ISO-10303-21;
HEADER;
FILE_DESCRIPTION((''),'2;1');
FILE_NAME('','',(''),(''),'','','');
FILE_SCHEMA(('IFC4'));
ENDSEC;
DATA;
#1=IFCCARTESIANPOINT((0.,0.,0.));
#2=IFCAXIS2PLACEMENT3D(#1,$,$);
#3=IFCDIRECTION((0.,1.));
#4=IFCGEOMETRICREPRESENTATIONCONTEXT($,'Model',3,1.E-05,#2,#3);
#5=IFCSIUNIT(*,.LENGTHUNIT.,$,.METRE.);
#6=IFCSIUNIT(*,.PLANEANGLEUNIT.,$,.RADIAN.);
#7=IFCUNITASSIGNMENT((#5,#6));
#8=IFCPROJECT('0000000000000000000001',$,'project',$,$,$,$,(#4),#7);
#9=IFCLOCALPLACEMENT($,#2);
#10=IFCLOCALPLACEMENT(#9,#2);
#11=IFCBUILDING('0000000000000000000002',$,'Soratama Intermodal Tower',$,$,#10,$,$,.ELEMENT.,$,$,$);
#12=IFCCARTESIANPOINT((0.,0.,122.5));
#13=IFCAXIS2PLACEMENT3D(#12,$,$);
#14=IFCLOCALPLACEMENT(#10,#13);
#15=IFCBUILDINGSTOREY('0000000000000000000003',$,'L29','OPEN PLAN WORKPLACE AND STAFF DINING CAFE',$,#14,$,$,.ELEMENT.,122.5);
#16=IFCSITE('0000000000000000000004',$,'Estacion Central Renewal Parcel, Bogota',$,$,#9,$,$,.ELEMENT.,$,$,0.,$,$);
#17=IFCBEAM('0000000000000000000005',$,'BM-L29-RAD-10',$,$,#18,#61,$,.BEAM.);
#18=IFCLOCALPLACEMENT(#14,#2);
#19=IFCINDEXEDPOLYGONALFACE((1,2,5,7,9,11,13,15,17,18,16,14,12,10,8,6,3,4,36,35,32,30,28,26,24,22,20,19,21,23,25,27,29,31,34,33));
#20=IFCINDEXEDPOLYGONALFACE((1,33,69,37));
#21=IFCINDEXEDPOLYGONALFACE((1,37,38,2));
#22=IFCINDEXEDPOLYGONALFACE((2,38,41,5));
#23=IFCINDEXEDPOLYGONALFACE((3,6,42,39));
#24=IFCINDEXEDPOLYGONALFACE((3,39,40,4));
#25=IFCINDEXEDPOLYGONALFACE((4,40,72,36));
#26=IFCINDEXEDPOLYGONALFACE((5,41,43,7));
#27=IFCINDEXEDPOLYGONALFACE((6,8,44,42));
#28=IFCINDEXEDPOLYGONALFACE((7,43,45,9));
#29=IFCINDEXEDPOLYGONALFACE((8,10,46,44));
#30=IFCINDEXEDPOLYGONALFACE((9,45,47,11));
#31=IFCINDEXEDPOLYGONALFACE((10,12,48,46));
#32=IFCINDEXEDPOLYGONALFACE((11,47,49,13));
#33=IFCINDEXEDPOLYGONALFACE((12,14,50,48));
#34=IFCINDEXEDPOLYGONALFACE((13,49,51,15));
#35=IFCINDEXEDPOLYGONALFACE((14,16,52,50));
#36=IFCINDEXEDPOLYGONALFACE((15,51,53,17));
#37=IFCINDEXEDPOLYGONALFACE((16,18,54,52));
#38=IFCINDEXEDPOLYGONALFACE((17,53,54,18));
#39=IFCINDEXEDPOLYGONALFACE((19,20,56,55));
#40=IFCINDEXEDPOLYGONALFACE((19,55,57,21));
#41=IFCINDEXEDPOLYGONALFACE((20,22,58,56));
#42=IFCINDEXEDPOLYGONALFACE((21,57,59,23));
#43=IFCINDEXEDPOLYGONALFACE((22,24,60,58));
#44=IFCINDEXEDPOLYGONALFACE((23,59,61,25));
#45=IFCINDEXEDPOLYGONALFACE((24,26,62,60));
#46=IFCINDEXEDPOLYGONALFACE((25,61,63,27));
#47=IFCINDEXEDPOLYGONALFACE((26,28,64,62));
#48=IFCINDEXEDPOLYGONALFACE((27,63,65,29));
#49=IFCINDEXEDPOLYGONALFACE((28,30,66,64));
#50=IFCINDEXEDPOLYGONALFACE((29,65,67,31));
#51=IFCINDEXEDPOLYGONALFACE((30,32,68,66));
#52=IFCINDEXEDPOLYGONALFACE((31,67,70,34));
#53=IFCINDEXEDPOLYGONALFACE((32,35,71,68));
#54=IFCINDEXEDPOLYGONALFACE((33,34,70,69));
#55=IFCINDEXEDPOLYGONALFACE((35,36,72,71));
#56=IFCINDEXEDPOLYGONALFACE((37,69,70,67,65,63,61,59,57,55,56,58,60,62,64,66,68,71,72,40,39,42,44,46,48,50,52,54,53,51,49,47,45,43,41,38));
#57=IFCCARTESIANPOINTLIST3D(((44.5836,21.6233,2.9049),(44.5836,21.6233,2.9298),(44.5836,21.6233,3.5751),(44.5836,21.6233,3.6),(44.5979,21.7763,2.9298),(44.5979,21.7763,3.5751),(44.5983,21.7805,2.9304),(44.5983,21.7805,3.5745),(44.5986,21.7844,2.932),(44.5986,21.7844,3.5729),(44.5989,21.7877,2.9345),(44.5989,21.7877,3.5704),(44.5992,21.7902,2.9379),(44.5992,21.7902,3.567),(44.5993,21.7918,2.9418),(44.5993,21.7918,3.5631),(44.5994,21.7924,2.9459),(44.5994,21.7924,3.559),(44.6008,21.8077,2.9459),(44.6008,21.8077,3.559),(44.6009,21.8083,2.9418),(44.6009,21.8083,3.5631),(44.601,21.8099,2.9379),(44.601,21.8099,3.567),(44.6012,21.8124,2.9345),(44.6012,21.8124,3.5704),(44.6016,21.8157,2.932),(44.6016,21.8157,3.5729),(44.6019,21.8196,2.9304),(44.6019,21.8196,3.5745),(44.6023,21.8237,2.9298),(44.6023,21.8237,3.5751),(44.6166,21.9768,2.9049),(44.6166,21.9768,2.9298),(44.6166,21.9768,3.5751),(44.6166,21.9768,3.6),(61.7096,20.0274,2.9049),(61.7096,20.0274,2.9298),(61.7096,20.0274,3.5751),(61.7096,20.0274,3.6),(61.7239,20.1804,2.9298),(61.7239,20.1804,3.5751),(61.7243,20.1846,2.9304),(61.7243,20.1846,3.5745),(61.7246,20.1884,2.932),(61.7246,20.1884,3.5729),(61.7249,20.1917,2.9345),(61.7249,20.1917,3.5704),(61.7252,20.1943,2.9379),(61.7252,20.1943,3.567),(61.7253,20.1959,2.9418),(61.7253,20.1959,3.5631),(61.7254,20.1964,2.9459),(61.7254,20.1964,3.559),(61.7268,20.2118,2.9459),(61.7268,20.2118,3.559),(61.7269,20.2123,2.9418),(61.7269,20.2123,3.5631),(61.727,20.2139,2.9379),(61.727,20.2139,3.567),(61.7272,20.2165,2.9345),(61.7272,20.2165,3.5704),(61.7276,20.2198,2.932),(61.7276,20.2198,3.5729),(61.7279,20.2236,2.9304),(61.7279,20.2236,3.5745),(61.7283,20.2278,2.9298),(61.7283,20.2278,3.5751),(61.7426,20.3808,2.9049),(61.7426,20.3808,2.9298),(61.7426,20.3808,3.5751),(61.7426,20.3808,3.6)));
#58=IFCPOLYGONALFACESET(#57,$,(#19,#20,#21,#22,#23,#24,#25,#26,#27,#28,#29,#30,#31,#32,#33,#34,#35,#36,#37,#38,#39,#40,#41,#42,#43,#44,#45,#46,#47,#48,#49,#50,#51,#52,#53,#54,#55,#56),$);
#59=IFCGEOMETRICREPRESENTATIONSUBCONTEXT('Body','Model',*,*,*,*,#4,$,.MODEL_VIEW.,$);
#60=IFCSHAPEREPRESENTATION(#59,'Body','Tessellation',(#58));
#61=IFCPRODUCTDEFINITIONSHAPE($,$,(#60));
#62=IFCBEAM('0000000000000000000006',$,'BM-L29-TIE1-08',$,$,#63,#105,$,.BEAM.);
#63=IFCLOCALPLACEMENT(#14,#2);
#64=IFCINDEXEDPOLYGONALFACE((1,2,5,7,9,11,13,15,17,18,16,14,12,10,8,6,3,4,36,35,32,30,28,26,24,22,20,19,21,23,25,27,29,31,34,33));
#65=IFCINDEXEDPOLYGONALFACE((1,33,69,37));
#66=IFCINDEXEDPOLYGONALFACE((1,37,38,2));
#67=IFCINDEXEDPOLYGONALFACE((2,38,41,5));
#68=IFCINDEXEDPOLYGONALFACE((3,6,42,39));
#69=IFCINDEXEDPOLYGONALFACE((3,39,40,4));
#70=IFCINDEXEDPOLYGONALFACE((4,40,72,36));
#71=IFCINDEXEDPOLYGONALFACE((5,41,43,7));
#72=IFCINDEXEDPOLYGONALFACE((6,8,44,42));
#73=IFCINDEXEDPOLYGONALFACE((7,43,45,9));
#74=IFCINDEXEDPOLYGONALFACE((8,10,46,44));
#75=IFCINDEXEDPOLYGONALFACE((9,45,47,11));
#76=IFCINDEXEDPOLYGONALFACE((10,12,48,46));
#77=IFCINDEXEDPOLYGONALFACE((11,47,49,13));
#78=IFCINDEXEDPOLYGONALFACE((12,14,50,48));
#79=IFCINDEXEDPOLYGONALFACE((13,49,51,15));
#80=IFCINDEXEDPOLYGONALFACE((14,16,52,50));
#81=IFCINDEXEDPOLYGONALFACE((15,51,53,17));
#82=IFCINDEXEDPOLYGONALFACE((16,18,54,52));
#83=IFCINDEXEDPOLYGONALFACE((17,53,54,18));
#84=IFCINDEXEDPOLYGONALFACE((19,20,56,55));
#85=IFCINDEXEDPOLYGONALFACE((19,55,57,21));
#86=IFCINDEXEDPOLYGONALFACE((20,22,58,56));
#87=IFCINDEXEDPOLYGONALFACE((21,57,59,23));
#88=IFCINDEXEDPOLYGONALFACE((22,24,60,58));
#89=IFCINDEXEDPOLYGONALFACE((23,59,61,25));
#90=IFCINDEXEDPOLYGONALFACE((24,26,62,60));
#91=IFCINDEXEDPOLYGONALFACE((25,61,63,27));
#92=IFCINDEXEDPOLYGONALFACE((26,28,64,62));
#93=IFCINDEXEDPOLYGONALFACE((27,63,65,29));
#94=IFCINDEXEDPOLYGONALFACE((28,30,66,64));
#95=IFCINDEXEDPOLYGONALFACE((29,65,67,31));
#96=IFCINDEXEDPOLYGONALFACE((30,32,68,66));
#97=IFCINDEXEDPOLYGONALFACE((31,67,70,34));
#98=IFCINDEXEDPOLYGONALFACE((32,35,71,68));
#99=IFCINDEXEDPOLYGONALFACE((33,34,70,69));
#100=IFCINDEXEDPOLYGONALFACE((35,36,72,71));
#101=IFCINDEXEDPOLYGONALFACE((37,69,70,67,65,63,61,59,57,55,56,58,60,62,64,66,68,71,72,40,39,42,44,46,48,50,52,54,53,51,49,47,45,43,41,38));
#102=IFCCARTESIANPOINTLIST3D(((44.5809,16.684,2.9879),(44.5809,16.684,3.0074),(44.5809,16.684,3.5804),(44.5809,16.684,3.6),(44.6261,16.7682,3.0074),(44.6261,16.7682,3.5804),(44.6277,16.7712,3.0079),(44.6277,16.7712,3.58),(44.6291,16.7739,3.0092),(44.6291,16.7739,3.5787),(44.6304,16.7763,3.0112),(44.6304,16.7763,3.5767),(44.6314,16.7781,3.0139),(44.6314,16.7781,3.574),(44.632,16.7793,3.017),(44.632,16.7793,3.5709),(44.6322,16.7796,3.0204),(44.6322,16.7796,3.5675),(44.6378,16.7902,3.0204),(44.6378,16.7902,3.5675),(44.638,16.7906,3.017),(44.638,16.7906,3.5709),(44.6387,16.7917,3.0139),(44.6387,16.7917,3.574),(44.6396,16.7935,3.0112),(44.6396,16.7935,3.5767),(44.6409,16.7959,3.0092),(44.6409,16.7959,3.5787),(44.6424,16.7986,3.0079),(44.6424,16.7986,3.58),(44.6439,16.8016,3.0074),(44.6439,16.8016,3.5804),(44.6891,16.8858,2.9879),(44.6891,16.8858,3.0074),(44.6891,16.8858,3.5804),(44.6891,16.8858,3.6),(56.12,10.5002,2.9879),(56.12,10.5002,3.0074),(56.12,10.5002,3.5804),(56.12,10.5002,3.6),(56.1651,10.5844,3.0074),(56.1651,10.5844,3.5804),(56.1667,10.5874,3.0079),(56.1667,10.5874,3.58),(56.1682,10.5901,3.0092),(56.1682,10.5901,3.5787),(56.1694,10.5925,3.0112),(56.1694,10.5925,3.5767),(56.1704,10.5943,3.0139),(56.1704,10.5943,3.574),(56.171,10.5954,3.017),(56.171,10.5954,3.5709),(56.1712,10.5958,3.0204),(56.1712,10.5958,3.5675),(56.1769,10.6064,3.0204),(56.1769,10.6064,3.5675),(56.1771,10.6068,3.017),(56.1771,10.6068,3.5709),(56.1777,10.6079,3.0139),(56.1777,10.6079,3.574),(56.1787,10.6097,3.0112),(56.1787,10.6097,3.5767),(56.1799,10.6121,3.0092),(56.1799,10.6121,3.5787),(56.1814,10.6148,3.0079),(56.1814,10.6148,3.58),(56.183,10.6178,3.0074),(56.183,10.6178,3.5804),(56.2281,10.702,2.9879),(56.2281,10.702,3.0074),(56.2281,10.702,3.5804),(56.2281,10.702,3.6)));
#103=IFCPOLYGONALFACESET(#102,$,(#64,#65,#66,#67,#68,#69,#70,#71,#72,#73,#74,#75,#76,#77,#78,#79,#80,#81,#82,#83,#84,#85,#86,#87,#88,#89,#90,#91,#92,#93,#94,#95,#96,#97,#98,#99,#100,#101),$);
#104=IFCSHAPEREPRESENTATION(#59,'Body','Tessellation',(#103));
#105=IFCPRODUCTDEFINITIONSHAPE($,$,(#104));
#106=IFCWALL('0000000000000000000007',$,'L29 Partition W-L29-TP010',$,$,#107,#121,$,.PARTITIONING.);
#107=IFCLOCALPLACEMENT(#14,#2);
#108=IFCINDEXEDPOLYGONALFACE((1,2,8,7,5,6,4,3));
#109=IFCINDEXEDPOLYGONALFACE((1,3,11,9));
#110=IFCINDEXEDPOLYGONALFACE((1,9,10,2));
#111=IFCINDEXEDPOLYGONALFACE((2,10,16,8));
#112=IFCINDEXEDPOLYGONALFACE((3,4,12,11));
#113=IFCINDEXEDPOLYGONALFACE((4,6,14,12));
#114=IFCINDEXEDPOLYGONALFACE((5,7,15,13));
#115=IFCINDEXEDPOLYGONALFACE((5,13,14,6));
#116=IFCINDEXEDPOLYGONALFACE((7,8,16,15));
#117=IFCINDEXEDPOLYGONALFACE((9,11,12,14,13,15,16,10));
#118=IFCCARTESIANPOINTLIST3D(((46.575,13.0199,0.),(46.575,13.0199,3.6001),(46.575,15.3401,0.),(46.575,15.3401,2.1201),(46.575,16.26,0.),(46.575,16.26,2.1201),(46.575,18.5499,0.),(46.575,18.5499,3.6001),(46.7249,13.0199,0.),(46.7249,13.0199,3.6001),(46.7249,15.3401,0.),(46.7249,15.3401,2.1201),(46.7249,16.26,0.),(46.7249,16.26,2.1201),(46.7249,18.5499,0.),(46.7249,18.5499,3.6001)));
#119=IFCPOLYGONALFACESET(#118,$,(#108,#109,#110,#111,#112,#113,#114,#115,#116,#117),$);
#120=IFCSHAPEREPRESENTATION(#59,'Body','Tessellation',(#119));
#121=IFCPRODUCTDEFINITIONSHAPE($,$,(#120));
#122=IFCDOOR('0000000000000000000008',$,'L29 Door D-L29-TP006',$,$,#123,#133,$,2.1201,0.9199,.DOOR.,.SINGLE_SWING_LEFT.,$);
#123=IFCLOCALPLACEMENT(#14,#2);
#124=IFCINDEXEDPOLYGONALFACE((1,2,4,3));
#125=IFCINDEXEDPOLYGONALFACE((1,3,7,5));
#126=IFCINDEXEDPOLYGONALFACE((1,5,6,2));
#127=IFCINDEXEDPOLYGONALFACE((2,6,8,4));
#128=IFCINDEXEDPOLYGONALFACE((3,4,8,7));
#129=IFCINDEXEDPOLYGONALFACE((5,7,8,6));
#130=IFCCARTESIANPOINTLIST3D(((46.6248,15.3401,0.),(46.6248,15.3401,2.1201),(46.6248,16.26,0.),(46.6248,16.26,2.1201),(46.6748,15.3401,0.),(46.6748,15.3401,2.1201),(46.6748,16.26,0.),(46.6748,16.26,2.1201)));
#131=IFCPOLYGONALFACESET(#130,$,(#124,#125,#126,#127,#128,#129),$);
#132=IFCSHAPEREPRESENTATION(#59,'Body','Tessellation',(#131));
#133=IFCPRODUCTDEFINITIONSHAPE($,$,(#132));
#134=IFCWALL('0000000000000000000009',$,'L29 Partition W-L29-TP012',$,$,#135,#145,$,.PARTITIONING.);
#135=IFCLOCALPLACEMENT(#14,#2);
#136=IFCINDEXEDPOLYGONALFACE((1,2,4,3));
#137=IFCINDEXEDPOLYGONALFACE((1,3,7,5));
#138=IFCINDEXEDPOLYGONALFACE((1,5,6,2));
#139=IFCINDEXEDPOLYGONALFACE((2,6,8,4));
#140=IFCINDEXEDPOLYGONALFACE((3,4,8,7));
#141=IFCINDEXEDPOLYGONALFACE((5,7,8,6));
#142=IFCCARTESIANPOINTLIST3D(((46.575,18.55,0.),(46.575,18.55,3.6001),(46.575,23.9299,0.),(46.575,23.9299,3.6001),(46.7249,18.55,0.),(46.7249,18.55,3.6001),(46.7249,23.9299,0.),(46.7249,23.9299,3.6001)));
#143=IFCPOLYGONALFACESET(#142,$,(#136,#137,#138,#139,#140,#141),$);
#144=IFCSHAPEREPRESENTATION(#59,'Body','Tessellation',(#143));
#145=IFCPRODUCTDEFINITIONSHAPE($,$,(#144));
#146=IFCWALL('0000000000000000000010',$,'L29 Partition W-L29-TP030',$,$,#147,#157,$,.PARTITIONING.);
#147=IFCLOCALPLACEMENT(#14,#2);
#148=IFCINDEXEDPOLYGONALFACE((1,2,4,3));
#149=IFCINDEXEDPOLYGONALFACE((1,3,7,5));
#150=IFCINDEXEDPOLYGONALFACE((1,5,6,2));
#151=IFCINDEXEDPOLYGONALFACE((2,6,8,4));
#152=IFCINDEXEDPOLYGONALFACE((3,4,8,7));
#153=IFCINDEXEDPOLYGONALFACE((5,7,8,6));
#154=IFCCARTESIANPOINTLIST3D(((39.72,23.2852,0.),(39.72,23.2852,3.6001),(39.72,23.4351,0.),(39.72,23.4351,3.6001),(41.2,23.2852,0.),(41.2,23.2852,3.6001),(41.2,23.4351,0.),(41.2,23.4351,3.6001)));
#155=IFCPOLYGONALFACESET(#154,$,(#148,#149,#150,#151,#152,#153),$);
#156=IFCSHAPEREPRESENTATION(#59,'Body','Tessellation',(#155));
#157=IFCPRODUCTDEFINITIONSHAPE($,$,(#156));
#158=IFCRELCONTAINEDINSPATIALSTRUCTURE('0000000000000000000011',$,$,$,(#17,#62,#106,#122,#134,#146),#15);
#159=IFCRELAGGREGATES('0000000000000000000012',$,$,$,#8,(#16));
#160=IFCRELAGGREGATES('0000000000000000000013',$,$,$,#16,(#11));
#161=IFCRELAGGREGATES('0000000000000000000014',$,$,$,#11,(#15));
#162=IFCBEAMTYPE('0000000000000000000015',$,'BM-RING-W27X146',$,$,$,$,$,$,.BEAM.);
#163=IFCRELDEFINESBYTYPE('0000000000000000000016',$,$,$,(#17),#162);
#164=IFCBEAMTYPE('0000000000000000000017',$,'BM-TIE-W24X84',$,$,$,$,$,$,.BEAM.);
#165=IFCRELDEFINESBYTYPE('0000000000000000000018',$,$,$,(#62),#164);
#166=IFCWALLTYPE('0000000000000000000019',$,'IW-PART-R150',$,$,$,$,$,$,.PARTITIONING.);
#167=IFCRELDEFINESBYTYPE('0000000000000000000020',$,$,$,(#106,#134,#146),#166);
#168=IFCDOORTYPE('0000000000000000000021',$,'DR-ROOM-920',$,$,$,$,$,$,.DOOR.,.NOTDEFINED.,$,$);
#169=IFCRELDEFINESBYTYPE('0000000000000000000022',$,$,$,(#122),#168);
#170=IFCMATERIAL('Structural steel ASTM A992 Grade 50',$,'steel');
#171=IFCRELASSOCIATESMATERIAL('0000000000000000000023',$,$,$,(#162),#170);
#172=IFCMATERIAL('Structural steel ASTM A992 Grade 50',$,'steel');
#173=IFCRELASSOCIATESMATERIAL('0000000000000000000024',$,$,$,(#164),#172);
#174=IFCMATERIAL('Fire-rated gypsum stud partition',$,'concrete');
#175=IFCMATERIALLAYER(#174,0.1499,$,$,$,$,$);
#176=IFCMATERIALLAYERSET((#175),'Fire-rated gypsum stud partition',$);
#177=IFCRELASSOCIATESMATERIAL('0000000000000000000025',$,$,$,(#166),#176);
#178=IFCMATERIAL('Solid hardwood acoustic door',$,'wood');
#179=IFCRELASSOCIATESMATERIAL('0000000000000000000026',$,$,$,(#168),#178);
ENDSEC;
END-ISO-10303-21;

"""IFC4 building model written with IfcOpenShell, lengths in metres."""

from ifc_helpers import new_model, si_unit, direction, frame, frame_2d, origin, origin_2d, place, context, subcontext, project, spatial, rectangle, i_section, extrude, material, layer, layer_set, material_profile, profile_set, type_object, element, fill, save


model = new_model("IFC4")

# Units and contexts
model_context = context("Model", 3, precision=1e-05, world=origin(), true_north=direction((0.0, 1.0)))
body_context = subcontext(model_context, "Body", "Model", "MODEL_VIEW")
ifc_project = project(units=[si_unit("LENGTHUNIT", "METRE"), si_unit("PLANEANGLEUNIT", "RADIAN")], contexts=[model_context])

# Site, building, storey
site_placement = place(None, origin())
site = spatial("IfcSite", under=ifc_project, at=site_placement, Name="Estacion Central Renewal Parcel, Bogota", CompositionType="ELEMENT", RefElevation=0.0)
building_placement = place(site_placement, origin())
building = spatial("IfcBuilding", under=site, at=building_placement, Name="Soratama Intermodal Tower", CompositionType="ELEMENT")
storey_placement = place(building_placement, frame((0.0, 0.0, 122.5)))
storey = spatial("IfcBuildingStorey", under=building, at=storey_placement, Name="L29", Description="OPEN PLAN WORKPLACE AND STAFF DINING CAFE", CompositionType="ELEMENT", Elevation=122.5)

# Beams
ifc_material_1 = material(Name="Structural steel ASTM A992 Grade 50", Category="steel")
ifc_material_profile_1 = material_profile(ifc_material_1, i_section(OverallWidth=0.355, OverallDepth=0.6951, WebThickness=0.0154, FlangeThickness=0.0249, FilletRadius=0.0161, at=origin_2d()), Name="W27X146")
ifc_profile_set_1 = profile_set([ifc_material_profile_1], Name="Structural steel ASTM A992 Grade 50")
beam_type_1 = type_object("IfcBeamType", Name="BM-RING-W27X146", PredefinedType="BEAM", material=ifc_profile_set_1)
beam_1_placement = place(storey_placement, frame((44.6001, 21.8, 3.2524), z_axis=(0.995686, -0.092787, 0.0), x_axis=(0.092787, 0.995686, 0.0)))
element("IfcBeam", 1, at=beam_1_placement, inside=storey, type_object=beam_type_1, Name="BM-L29-RAD-10", PredefinedType="BEAM", context=body_context, shape_type="SweptSolid", body=[
    extrude(i_section(OverallWidth=0.355, OverallDepth=0.6951, WebThickness=0.0154, FlangeThickness=0.0249, FilletRadius=0.0161, at=origin_2d()), origin(), (0.0, 0.0, 1.0), 17.2002),
])
ifc_material_2 = material(Name="Structural steel ASTM A992 Grade 50", Category="steel")
ifc_material_profile_2 = material_profile(ifc_material_2, i_section(OverallWidth=0.229, OverallDepth=0.6121, WebThickness=0.012, FlangeThickness=0.0195, FilletRadius=0.0129, at=origin_2d()), Name="W24X84")
ifc_profile_set_2 = profile_set([ifc_material_profile_2], Name="Structural steel ASTM A992 Grade 50")
beam_type_2 = type_object("IfcBeamType", Name="BM-TIE-W24X84", PredefinedType="BEAM", material=ifc_profile_set_2)
beam_2_placement = place(storey_placement, frame((44.635, 16.7849, 3.2939), z_axis=(0.88141, -0.472352, 0.0), x_axis=(0.472352, 0.88141, 0.0)))
element("IfcBeam", 2, at=beam_2_placement, inside=storey, type_object=beam_type_2, Name="BM-L29-TIE1-08", PredefinedType="BEAM", context=body_context, shape_type="SweptSolid", body=[
    extrude(i_section(OverallWidth=0.229, OverallDepth=0.6121, WebThickness=0.012, FlangeThickness=0.0195, FilletRadius=0.0129, at=origin_2d()), origin(), (0.0, 0.0, 1.0), 13.0916),
])

# Wall, opening, door
ifc_material_3 = material(Name="Fire-rated gypsum stud partition", Category="concrete")
ifc_layer_1 = layer(ifc_material_3, 0.1499)
ifc_layer_set_1 = layer_set([ifc_layer_1], Name="Fire-rated gypsum stud partition")
wall_type_1 = type_object("IfcWallType", Name="IW-PART-R150", PredefinedType="PARTITIONING", material=ifc_layer_set_1)
wall_1_placement = place(storey_placement, frame((46.6499, 18.55, 0.0), z_axis=(0.0, 0.0, 1.0), x_axis=(0.0, -1.0, 0.0)))
wall_1 = element("IfcWall", 3, at=wall_1_placement, inside=storey, type_object=wall_type_1, Name="L29 Partition W-L29-TP010", PredefinedType="PARTITIONING", context=body_context, shape_type="SweptSolid", body=[
    extrude(rectangle(XDim=5.53, YDim=0.1499, at=frame_2d((2.7651, 0.0))), origin(), (0.0, 0.0, 1.0), 3.6001),
])
opening_1_placement = place(wall_1_placement, frame((2.29, 0.0, 0.0)))
opening_1 = element("IfcOpeningElement", 4, at=opening_1_placement, cuts=wall_1, PredefinedType="OPENING", context=body_context, shape_type="SweptSolid", body=[
    extrude(rectangle(XDim=0.9199, YDim=2.1201, at=frame_2d((0.46, 1.0601))), frame((0.0, 0.085, 0.0), z_axis=(0.0, -1.0, 0.0), x_axis=(1.0, 0.0, 0.0)), (0.0, 0.0, 1.0), 0.1699),
])
ifc_material_4 = material(Name="Solid hardwood acoustic door", Category="wood")
door_type_1 = type_object("IfcDoorType", Name="DR-ROOM-920", OperationType="NOTDEFINED", PredefinedType="DOOR", material=ifc_material_4)
door_1_placement = place(opening_1_placement, origin())
door_1 = element("IfcDoor", 5, at=door_1_placement, inside=storey, type_object=door_type_1, Name="L29 Door D-L29-TP006", OperationType="SINGLE_SWING_LEFT", OverallHeight=2.1201, OverallWidth=0.9199, PredefinedType="DOOR", context=body_context, shape_type="SweptSolid", body=[
    extrude(rectangle(XDim=0.9199, YDim=2.1201, at=frame_2d((0.46, 1.0601))), frame((0.0, 0.0249, 0.0), z_axis=(0.0, -1.0, 0.0), x_axis=(1.0, 0.0, 0.0)), (0.0, 0.0, 1.0), 0.05),
])
fill(opening_1, door_1)

# Walls
wall_2_placement = place(storey_placement, frame((46.6499, 23.9299, 0.0), z_axis=(0.0, 0.0, 1.0), x_axis=(0.0, -1.0, 0.0)))
element("IfcWall", 6, at=wall_2_placement, inside=storey, type_object=wall_type_1, Name="L29 Partition W-L29-TP012", PredefinedType="PARTITIONING", context=body_context, shape_type="SweptSolid", body=[
    extrude(rectangle(XDim=5.3799, YDim=0.1499, at=frame_2d((2.6899, 0.0))), origin(), (0.0, 0.0, 1.0), 3.6001),
])
wall_3_placement = place(storey_placement, frame((41.2, 23.3601, 0.0), z_axis=(0.0, 0.0, 1.0), x_axis=(-1.0, 0.0, 0.0)))
element("IfcWall", 7, at=wall_3_placement, inside=storey, type_object=wall_type_1, Name="L29 Partition W-L29-TP030", PredefinedType="PARTITIONING", context=body_context, shape_type="SweptSolid", body=[
    extrude(rectangle(XDim=1.48, YDim=0.1499, at=frame_2d((0.74, 0.0))), origin(), (0.0, 0.0, 1.0), 3.6001),
])

save(model, "model.ifc")
